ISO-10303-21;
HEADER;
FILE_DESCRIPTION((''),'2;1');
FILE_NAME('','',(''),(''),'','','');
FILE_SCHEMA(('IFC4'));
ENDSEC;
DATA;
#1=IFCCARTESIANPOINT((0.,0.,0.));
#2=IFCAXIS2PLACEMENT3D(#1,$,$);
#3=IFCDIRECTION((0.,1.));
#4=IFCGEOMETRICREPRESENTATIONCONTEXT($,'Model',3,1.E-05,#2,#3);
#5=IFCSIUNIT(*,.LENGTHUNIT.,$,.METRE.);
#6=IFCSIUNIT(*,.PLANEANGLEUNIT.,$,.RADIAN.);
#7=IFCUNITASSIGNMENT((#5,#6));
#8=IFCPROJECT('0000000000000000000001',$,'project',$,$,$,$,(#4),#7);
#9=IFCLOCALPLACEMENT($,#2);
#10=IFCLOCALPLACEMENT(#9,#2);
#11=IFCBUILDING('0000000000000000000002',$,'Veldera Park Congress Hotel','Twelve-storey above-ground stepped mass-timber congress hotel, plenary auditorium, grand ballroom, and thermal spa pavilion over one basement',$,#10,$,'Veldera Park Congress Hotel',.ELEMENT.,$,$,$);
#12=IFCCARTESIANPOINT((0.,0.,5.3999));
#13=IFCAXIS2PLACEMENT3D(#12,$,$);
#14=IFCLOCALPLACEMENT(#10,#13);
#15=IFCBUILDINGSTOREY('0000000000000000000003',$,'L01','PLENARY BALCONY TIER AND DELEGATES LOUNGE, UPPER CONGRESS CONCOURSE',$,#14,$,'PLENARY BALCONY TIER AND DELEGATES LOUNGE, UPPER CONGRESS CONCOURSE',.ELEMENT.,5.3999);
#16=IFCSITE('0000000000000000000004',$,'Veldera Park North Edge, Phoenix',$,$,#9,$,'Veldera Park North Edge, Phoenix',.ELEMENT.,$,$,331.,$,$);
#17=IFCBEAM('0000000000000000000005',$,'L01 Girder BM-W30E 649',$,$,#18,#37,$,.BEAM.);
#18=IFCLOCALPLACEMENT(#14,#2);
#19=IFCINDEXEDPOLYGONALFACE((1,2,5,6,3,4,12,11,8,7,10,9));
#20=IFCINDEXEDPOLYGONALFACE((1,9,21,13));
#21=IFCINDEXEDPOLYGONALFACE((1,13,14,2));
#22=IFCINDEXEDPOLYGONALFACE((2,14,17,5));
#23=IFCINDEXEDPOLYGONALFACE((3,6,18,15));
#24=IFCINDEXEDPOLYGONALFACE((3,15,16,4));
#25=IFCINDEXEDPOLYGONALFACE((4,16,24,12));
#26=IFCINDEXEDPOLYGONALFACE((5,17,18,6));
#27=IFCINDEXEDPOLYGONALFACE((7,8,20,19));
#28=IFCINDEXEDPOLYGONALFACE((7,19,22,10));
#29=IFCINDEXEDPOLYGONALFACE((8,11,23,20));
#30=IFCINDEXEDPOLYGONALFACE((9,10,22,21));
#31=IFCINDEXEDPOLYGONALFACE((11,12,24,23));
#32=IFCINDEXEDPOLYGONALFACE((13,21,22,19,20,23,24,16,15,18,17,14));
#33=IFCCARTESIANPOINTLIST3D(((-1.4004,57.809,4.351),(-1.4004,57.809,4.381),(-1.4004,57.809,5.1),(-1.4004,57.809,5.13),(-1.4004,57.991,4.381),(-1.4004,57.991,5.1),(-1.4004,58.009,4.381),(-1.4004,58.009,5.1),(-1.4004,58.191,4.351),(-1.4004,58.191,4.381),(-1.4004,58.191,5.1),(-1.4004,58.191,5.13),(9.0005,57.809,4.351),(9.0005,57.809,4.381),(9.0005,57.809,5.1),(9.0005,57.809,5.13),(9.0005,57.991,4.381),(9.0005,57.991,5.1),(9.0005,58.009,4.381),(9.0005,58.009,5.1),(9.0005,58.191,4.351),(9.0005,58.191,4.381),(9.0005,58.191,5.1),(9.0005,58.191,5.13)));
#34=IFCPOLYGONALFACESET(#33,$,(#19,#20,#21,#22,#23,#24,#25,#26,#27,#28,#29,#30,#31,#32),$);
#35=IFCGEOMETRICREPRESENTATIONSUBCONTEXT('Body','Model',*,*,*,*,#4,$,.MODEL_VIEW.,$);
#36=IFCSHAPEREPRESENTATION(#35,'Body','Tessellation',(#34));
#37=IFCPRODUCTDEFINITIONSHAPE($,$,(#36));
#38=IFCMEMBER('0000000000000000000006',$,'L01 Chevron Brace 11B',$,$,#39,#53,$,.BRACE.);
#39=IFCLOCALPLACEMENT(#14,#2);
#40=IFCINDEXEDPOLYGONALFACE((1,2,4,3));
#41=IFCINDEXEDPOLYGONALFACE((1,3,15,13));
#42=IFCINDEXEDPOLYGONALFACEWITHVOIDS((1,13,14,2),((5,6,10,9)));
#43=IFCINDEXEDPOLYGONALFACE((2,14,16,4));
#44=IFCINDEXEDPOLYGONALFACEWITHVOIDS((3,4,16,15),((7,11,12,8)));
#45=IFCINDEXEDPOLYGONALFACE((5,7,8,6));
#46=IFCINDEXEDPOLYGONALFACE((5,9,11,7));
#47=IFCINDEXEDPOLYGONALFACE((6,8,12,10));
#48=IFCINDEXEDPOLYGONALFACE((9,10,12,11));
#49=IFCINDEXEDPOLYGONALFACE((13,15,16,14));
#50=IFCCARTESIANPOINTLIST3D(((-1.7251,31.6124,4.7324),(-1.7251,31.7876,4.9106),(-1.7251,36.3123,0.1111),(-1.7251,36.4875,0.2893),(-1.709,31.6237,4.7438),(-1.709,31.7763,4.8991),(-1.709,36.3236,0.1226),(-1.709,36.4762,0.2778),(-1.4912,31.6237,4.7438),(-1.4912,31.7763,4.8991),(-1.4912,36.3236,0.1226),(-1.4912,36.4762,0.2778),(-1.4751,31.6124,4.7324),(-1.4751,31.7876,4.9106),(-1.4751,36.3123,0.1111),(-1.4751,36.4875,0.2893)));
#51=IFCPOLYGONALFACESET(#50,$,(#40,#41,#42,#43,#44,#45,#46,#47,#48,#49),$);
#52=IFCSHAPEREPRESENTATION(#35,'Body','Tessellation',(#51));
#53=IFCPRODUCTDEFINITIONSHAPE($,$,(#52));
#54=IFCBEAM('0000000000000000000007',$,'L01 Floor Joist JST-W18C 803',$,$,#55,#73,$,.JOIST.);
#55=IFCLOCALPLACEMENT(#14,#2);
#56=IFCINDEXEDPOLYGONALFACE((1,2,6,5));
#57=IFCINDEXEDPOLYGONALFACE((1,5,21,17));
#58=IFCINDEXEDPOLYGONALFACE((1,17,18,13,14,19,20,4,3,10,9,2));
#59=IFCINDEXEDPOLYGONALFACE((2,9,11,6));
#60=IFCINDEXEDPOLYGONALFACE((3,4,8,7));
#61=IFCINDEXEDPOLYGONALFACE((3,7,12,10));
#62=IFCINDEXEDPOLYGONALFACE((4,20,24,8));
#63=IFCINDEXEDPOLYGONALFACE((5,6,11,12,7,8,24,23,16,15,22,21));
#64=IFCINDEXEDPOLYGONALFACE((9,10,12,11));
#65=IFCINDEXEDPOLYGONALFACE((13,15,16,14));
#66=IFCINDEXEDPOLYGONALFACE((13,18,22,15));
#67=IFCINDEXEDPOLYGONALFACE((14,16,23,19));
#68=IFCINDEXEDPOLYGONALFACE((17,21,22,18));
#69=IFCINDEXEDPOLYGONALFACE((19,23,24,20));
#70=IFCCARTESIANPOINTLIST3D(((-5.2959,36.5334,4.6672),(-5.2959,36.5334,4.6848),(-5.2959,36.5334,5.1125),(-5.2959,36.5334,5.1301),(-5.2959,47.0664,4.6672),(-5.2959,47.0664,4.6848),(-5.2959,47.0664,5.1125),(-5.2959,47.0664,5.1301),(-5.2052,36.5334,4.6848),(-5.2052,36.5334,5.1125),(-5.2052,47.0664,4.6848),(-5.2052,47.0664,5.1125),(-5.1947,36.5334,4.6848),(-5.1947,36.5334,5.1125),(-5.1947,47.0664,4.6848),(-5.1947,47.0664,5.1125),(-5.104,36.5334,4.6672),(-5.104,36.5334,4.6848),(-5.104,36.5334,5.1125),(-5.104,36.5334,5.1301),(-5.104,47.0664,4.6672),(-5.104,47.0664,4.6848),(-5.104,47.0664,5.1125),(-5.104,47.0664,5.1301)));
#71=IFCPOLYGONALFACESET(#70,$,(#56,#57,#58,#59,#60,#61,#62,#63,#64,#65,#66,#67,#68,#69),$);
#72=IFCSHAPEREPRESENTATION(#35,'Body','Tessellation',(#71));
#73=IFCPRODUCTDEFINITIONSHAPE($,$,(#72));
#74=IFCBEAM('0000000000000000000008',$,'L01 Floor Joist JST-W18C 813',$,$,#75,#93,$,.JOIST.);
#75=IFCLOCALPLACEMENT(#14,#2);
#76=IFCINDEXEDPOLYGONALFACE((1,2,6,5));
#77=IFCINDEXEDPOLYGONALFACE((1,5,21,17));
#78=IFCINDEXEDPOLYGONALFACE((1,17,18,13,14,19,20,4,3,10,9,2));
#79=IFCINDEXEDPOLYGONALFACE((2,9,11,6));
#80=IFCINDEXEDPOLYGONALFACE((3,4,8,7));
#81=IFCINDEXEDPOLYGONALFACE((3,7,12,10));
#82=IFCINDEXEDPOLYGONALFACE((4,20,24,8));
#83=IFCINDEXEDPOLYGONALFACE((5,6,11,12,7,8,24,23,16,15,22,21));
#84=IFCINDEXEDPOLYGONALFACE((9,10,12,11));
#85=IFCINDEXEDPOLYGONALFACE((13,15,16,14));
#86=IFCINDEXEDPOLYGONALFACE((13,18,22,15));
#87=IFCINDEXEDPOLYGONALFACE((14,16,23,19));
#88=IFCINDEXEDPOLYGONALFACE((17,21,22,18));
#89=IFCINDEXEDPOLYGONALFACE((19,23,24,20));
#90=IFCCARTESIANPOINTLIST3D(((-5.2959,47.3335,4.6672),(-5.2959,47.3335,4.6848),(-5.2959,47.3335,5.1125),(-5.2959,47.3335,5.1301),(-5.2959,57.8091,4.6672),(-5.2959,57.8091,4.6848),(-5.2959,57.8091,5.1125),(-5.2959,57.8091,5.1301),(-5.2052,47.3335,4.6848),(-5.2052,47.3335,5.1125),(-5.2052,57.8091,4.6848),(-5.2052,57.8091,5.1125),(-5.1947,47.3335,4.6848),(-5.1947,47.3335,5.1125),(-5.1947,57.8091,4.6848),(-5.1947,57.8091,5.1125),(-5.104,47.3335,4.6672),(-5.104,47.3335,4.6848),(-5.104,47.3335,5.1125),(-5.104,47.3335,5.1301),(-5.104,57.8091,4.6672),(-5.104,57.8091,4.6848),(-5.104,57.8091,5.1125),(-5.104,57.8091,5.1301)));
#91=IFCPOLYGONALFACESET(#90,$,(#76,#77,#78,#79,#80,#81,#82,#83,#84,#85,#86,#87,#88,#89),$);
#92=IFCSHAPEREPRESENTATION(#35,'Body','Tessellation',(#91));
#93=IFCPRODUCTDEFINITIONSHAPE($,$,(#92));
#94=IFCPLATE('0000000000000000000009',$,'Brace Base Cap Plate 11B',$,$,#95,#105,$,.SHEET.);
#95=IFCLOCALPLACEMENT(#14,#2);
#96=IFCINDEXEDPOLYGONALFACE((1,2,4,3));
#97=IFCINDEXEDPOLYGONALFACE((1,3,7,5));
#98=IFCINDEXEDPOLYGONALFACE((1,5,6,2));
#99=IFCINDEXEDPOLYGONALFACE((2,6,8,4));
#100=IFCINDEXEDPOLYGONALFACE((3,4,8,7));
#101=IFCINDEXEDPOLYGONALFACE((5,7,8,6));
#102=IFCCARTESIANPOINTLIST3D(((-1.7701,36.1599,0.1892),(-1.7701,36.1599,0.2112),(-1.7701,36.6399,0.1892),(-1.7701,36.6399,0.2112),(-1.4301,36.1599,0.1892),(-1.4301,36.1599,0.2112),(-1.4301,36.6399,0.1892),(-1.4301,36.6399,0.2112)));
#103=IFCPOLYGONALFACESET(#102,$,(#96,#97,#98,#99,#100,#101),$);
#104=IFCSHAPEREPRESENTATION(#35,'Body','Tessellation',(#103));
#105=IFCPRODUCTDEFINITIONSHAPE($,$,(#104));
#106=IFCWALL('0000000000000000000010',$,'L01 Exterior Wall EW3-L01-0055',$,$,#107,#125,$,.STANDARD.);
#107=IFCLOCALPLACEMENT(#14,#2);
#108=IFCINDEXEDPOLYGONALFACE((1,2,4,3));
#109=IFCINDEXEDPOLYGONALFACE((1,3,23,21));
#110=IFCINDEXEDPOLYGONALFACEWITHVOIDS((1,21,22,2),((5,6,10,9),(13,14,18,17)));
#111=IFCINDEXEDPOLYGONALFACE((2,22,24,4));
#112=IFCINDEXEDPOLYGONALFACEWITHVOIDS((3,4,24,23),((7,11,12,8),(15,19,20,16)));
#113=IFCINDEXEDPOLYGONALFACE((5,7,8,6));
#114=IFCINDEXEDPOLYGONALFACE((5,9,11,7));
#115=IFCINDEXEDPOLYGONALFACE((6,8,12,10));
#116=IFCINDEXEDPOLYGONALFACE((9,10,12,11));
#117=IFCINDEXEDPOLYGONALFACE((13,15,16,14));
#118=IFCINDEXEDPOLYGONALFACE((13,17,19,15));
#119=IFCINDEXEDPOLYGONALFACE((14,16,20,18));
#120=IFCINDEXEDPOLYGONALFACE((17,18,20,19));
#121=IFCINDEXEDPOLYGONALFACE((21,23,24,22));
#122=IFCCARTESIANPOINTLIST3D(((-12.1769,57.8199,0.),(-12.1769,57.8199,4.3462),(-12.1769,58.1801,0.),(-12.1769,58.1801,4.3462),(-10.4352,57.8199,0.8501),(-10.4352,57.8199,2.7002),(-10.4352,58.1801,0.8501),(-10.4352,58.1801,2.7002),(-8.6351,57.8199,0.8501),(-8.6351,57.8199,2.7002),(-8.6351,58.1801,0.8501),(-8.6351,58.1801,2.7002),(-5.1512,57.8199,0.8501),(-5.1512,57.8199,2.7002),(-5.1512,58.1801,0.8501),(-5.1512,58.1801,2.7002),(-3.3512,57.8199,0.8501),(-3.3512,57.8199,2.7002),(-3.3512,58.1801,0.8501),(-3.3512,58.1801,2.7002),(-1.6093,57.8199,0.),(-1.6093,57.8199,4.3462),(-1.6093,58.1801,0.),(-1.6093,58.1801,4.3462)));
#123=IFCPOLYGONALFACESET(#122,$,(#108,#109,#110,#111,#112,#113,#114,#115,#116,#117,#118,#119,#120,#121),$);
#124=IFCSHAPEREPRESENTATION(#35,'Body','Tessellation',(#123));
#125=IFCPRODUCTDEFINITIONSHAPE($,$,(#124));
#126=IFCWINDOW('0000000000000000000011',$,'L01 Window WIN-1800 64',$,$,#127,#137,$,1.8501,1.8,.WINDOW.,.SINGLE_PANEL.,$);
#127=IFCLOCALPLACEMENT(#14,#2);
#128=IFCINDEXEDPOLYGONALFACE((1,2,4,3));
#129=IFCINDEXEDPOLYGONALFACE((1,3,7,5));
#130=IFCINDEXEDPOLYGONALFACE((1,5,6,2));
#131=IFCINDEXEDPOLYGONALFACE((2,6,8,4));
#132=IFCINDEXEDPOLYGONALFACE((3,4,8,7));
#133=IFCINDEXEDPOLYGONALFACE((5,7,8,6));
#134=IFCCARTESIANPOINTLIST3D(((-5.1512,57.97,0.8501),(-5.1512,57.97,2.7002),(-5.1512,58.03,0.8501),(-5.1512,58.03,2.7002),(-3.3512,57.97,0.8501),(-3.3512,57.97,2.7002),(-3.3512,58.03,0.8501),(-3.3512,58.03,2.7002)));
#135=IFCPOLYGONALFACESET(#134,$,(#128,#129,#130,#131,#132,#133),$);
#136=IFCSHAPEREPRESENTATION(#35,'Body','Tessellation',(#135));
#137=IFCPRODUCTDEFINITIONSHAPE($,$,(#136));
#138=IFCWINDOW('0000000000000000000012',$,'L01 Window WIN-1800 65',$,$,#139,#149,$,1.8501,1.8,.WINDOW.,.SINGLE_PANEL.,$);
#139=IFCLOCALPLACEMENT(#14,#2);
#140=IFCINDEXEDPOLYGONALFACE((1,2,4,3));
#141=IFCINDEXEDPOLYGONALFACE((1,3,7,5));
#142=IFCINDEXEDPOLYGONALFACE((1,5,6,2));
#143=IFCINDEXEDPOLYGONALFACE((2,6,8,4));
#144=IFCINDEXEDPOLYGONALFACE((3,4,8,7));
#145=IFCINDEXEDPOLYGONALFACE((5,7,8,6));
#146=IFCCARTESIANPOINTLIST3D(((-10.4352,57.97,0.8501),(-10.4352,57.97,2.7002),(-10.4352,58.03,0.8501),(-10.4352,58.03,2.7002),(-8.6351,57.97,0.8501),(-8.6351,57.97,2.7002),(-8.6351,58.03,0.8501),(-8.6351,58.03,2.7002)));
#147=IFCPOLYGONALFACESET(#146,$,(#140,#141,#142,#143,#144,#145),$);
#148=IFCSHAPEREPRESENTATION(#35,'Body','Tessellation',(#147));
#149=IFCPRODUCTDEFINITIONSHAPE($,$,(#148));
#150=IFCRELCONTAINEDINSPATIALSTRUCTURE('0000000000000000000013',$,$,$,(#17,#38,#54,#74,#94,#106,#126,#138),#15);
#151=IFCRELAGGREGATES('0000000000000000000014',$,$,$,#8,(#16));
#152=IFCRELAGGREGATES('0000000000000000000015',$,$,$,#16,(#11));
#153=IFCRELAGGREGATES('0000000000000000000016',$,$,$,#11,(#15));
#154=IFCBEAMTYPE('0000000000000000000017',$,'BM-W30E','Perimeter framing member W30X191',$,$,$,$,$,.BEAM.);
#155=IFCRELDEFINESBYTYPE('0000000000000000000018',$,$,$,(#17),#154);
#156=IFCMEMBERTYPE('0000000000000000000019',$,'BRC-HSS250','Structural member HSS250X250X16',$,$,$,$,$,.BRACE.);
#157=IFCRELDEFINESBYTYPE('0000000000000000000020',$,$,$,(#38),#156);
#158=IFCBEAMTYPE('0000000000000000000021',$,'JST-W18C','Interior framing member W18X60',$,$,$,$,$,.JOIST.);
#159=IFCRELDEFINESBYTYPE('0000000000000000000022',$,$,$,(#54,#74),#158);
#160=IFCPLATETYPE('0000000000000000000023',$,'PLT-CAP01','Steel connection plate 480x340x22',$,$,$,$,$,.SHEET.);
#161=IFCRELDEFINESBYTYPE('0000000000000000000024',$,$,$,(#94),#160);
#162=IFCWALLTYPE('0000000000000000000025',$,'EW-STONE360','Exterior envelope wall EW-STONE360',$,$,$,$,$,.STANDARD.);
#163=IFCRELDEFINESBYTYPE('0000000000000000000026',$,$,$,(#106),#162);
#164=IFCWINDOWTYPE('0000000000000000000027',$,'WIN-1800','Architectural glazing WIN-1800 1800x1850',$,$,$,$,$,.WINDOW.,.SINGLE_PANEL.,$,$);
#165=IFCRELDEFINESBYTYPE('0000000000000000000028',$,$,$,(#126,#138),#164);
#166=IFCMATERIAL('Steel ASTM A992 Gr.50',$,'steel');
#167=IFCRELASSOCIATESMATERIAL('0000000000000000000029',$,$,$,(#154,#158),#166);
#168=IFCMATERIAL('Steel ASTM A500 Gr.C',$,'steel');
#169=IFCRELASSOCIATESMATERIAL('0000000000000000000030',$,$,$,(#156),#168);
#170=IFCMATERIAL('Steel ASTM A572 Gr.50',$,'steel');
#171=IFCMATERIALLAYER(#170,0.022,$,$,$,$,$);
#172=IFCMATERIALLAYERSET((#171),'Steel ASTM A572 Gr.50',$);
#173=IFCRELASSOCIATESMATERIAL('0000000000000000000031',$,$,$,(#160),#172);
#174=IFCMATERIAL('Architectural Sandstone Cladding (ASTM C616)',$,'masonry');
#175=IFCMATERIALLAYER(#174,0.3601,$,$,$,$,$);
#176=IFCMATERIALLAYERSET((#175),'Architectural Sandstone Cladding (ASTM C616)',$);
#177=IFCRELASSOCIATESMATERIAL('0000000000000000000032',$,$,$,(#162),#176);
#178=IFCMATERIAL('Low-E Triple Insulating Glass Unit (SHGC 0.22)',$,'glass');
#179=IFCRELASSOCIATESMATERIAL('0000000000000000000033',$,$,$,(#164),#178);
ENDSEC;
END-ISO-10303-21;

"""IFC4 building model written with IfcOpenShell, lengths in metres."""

from ifc_helpers import new_model, si_unit, direction, frame, frame_2d, origin, origin_2d, place, context, subcontext, project, spatial, rectangle, hollow_rectangle, i_section, extrude, material, layer, layer_set, material_profile, profile_set, type_object, element, fill, save


model = new_model("IFC4")

# Units and contexts
model_context = context("Model", 3, precision=1e-05, world=origin(), true_north=direction((0.0, 1.0)))
body_context = subcontext(model_context, "Body", "Model", "MODEL_VIEW")
ifc_project = project(units=[si_unit("LENGTHUNIT", "METRE"), si_unit("PLANEANGLEUNIT", "RADIAN")], contexts=[model_context])

# Site, building, storey
site_placement = place(None, origin())
site = spatial("IfcSite", under=ifc_project, at=site_placement, Name="Veldera Park North Edge, Phoenix", LongName="Veldera Park North Edge, Phoenix", CompositionType="ELEMENT", RefElevation=331.0)
building_placement = place(site_placement, origin())
building = spatial("IfcBuilding", under=site, at=building_placement, Name="Veldera Park Congress Hotel", Description="Twelve-storey above-ground stepped mass-timber congress hotel, plenary auditorium, grand ballroom, and thermal spa pavilion over one basement", LongName="Veldera Park Congress Hotel", CompositionType="ELEMENT")
storey_placement = place(building_placement, frame((0.0, 0.0, 5.3999)))
storey = spatial("IfcBuildingStorey", under=building, at=storey_placement, Name="L01", Description="PLENARY BALCONY TIER AND DELEGATES LOUNGE, UPPER CONGRESS CONCOURSE", LongName="PLENARY BALCONY TIER AND DELEGATES LOUNGE, UPPER CONGRESS CONCOURSE", CompositionType="ELEMENT", Elevation=5.3999)

# Shared definitions
ifc_material_1 = material(Name="Steel ASTM A992 Gr.50", Category="steel")

# Beam
ifc_material_profile_1 = material_profile(ifc_material_1, i_section(OverallWidth=0.3821, OverallDepth=0.7791, WebThickness=0.0181, FlangeThickness=0.03, at=origin_2d()), Name="W30X191")
ifc_profile_set_1 = profile_set([ifc_material_profile_1], Name="Steel ASTM A992 Gr.50")
beam_type_1 = type_object("IfcBeamType", Name="BM-W30E", Description="Perimeter framing member W30X191", PredefinedType="BEAM", material=ifc_profile_set_1)
beam_1_placement = place(storey_placement, frame((-1.4004, 58.0, 4.7405), z_axis=(1.0, 0.0, 0.0), x_axis=(0.0, 1.0, 0.0)))
element("IfcBeam", 1, at=beam_1_placement, inside=storey, type_object=beam_type_1, Name="L01 Girder BM-W30E 649", PredefinedType="BEAM", context=body_context, shape_type="SweptSolid", body=[
    extrude(i_section(OverallWidth=0.3821, OverallDepth=0.7791, WebThickness=0.0181, FlangeThickness=0.03, at=origin_2d()), origin(), (0.0, 0.0, 1.0), 10.4009),
])

# Member
ifc_material_2 = material(Name="Steel ASTM A500 Gr.C", Category="steel")
ifc_material_profile_2 = material_profile(ifc_material_2, hollow_rectangle(XDim=0.25, YDim=0.25, WallThickness=0.0161, at=origin_2d()), Name="HSS250X250X16")
ifc_profile_set_2 = profile_set([ifc_material_profile_2], Name="Steel ASTM A500 Gr.C")
member_type = type_object("IfcMemberType", Name="BRC-HSS250", Description="Structural member HSS250X250X16", PredefinedType="BRACE", material=ifc_profile_set_2)
member_placement = place(storey_placement, frame((-1.6001, 36.3999, 0.2002), z_axis=(0.0, -0.713045, 0.701118), x_axis=(1.0, 0.0, 0.0)))
element("IfcMember", 2, at=member_placement, inside=storey, type_object=member_type, Name="L01 Chevron Brace 11B", PredefinedType="BRACE", context=body_context, shape_type="SweptSolid", body=[
    extrude(hollow_rectangle(XDim=0.25, YDim=0.25, WallThickness=0.0161, at=origin_2d()), origin(), (0.0, 0.0, 1.0), 6.5913),
])

# Beams
ifc_material_profile_3 = material_profile(ifc_material_1, i_section(OverallWidth=0.1919, OverallDepth=0.4629, WebThickness=0.0105, FlangeThickness=0.0176, at=origin_2d()), Name="W18X60")
ifc_profile_set_3 = profile_set([ifc_material_profile_3], Name="Steel ASTM A992 Gr.50")
beam_type_2 = type_object("IfcBeamType", Name="JST-W18C", Description="Interior framing member W18X60", PredefinedType="JOIST", material=ifc_profile_set_3)
beam_2_placement = place(storey_placement, frame((-5.2, 36.5334, 4.8987), z_axis=(0.0, 1.0, 0.0), x_axis=(-1.0, 0.0, 0.0)))
element("IfcBeam", 3, at=beam_2_placement, inside=storey, type_object=beam_type_2, Name="L01 Floor Joist JST-W18C 803", PredefinedType="JOIST", context=body_context, shape_type="SweptSolid", body=[
    extrude(i_section(OverallWidth=0.1919, OverallDepth=0.4629, WebThickness=0.0105, FlangeThickness=0.0176, at=origin_2d()), origin(), (0.0, 0.0, 1.0), 10.533),
])
beam_3_placement = place(storey_placement, frame((-5.2, 47.3335, 4.8987), z_axis=(0.0, 1.0, 0.0), x_axis=(-1.0, 0.0, 0.0)))
element("IfcBeam", 4, at=beam_3_placement, inside=storey, type_object=beam_type_2, Name="L01 Floor Joist JST-W18C 813", PredefinedType="JOIST", context=body_context, shape_type="SweptSolid", body=[
    extrude(i_section(OverallWidth=0.1919, OverallDepth=0.4629, WebThickness=0.0105, FlangeThickness=0.0176, at=origin_2d()), origin(), (0.0, 0.0, 1.0), 10.4756),
])

# Plate
ifc_material_3 = material(Name="Steel ASTM A572 Gr.50", Category="steel")
ifc_layer_1 = layer(ifc_material_3, 0.022)
ifc_layer_set_1 = layer_set([ifc_layer_1], Name="Steel ASTM A572 Gr.50")
plate_type = type_object("IfcPlateType", Name="PLT-CAP01", Description="Steel connection plate 480x340x22", PredefinedType="SHEET", material=ifc_layer_set_1)
plate_placement = place(storey_placement, frame((-1.6001, 36.3999, 0.1892), z_axis=(0.0, 0.0, 1.0), x_axis=(0.0, 1.0, 0.0)))
element("IfcPlate", 5, at=plate_placement, inside=storey, type_object=plate_type, Name="Brace Base Cap Plate 11B", PredefinedType="SHEET", context=body_context, shape_type="SweptSolid", body=[
    extrude(rectangle(XDim=0.48, YDim=0.3401, at=origin_2d()), origin(), (0.0, 0.0, 1.0), 0.022),
])

# Wall, openings, windows
ifc_material_4 = material(Name="Architectural Sandstone Cladding (ASTM C616)", Category="masonry")
ifc_layer_2 = layer(ifc_material_4, 0.3601)
ifc_layer_set_2 = layer_set([ifc_layer_2], Name="Architectural Sandstone Cladding (ASTM C616)")
wall_type_1 = type_object("IfcWallType", Name="EW-STONE360", Description="Exterior envelope wall EW-STONE360", PredefinedType="STANDARD", material=ifc_layer_set_2)
wall_1_placement = place(storey_placement, frame((-1.6094, 58.0, 0.0), z_axis=(0.0, 0.0, 1.0), x_axis=(-1.0, 0.0, 0.0)))
wall_1 = element("IfcWall", 6, at=wall_1_placement, inside=storey, type_object=wall_type_1, Name="L01 Exterior Wall EW3-L01-0055", PredefinedType="STANDARD", context=body_context, shape_type="SweptSolid", body=[
    extrude(rectangle(XDim=10.5676, YDim=0.3601, at=frame_2d((5.2837, 0.0))), origin(), (0.0, 0.0, 1.0), 4.3462),
])
opening_1_placement = place(wall_1_placement, frame((1.7419, 0.0, 0.8501)))
opening_1 = element("IfcOpeningElement", 7, at=opening_1_placement, cuts=wall_1, PredefinedType="OPENING", context=body_context, shape_type="SweptSolid", body=[
    extrude(rectangle(XDim=1.8, YDim=1.8501, at=frame_2d((0.8999, 0.925))), frame((0.0, 0.1921, 0.0), z_axis=(0.0, -1.0, 0.0), x_axis=(1.0, 0.0, 0.0)), (0.0, 0.0, 1.0), 0.384),
])
opening_2_placement = place(wall_1_placement, frame((7.0259, 0.0, 0.8501)))
opening_2 = element("IfcOpeningElement", 8, at=opening_2_placement, cuts=wall_1, PredefinedType="OPENING", context=body_context, shape_type="SweptSolid", body=[
    extrude(rectangle(XDim=1.8, YDim=1.8501, at=frame_2d((0.8999, 0.925))), frame((0.0, 0.1921, 0.0), z_axis=(0.0, -1.0, 0.0), x_axis=(1.0, 0.0, 0.0)), (0.0, 0.0, 1.0), 0.384),
])
ifc_material_5 = material(Name="Low-E Triple Insulating Glass Unit (SHGC 0.22)", Category="glass")
window_type_1 = type_object("IfcWindowType", Name="WIN-1800", Description="Architectural glazing WIN-1800 1800x1850", PartitioningType="SINGLE_PANEL", PredefinedType="WINDOW", material=ifc_material_5)
window_1_placement = place(opening_1_placement, origin())
window_1 = element("IfcWindow", 9, at=window_1_placement, inside=storey, type_object=window_type_1, Name="L01 Window WIN-1800 64", OverallHeight=1.8501, OverallWidth=1.8, PartitioningType="SINGLE_PANEL", PredefinedType="WINDOW", context=body_context, shape_type="SweptSolid", body=[
    extrude(rectangle(XDim=1.8, YDim=1.8501, at=frame_2d((0.8999, 0.925))), frame((0.0, 0.03, 0.0), z_axis=(0.0, -1.0, 0.0), x_axis=(1.0, 0.0, 0.0)), (0.0, 0.0, 1.0), 0.0601),
])
fill(opening_1, window_1)
window_2_placement = place(opening_2_placement, origin())
window_2 = element("IfcWindow", 10, at=window_2_placement, inside=storey, type_object=window_type_1, Name="L01 Window WIN-1800 65", OverallHeight=1.8501, OverallWidth=1.8, PartitioningType="SINGLE_PANEL", PredefinedType="WINDOW", context=body_context, shape_type="SweptSolid", body=[
    extrude(rectangle(XDim=1.8, YDim=1.8501, at=frame_2d((0.8999, 0.925))), frame((0.0, 0.03, 0.0), z_axis=(0.0, -1.0, 0.0), x_axis=(1.0, 0.0, 0.0)), (0.0, 0.0, 1.0), 0.0601),
])
fill(opening_2, window_2)

save(model, "model.ifc")
